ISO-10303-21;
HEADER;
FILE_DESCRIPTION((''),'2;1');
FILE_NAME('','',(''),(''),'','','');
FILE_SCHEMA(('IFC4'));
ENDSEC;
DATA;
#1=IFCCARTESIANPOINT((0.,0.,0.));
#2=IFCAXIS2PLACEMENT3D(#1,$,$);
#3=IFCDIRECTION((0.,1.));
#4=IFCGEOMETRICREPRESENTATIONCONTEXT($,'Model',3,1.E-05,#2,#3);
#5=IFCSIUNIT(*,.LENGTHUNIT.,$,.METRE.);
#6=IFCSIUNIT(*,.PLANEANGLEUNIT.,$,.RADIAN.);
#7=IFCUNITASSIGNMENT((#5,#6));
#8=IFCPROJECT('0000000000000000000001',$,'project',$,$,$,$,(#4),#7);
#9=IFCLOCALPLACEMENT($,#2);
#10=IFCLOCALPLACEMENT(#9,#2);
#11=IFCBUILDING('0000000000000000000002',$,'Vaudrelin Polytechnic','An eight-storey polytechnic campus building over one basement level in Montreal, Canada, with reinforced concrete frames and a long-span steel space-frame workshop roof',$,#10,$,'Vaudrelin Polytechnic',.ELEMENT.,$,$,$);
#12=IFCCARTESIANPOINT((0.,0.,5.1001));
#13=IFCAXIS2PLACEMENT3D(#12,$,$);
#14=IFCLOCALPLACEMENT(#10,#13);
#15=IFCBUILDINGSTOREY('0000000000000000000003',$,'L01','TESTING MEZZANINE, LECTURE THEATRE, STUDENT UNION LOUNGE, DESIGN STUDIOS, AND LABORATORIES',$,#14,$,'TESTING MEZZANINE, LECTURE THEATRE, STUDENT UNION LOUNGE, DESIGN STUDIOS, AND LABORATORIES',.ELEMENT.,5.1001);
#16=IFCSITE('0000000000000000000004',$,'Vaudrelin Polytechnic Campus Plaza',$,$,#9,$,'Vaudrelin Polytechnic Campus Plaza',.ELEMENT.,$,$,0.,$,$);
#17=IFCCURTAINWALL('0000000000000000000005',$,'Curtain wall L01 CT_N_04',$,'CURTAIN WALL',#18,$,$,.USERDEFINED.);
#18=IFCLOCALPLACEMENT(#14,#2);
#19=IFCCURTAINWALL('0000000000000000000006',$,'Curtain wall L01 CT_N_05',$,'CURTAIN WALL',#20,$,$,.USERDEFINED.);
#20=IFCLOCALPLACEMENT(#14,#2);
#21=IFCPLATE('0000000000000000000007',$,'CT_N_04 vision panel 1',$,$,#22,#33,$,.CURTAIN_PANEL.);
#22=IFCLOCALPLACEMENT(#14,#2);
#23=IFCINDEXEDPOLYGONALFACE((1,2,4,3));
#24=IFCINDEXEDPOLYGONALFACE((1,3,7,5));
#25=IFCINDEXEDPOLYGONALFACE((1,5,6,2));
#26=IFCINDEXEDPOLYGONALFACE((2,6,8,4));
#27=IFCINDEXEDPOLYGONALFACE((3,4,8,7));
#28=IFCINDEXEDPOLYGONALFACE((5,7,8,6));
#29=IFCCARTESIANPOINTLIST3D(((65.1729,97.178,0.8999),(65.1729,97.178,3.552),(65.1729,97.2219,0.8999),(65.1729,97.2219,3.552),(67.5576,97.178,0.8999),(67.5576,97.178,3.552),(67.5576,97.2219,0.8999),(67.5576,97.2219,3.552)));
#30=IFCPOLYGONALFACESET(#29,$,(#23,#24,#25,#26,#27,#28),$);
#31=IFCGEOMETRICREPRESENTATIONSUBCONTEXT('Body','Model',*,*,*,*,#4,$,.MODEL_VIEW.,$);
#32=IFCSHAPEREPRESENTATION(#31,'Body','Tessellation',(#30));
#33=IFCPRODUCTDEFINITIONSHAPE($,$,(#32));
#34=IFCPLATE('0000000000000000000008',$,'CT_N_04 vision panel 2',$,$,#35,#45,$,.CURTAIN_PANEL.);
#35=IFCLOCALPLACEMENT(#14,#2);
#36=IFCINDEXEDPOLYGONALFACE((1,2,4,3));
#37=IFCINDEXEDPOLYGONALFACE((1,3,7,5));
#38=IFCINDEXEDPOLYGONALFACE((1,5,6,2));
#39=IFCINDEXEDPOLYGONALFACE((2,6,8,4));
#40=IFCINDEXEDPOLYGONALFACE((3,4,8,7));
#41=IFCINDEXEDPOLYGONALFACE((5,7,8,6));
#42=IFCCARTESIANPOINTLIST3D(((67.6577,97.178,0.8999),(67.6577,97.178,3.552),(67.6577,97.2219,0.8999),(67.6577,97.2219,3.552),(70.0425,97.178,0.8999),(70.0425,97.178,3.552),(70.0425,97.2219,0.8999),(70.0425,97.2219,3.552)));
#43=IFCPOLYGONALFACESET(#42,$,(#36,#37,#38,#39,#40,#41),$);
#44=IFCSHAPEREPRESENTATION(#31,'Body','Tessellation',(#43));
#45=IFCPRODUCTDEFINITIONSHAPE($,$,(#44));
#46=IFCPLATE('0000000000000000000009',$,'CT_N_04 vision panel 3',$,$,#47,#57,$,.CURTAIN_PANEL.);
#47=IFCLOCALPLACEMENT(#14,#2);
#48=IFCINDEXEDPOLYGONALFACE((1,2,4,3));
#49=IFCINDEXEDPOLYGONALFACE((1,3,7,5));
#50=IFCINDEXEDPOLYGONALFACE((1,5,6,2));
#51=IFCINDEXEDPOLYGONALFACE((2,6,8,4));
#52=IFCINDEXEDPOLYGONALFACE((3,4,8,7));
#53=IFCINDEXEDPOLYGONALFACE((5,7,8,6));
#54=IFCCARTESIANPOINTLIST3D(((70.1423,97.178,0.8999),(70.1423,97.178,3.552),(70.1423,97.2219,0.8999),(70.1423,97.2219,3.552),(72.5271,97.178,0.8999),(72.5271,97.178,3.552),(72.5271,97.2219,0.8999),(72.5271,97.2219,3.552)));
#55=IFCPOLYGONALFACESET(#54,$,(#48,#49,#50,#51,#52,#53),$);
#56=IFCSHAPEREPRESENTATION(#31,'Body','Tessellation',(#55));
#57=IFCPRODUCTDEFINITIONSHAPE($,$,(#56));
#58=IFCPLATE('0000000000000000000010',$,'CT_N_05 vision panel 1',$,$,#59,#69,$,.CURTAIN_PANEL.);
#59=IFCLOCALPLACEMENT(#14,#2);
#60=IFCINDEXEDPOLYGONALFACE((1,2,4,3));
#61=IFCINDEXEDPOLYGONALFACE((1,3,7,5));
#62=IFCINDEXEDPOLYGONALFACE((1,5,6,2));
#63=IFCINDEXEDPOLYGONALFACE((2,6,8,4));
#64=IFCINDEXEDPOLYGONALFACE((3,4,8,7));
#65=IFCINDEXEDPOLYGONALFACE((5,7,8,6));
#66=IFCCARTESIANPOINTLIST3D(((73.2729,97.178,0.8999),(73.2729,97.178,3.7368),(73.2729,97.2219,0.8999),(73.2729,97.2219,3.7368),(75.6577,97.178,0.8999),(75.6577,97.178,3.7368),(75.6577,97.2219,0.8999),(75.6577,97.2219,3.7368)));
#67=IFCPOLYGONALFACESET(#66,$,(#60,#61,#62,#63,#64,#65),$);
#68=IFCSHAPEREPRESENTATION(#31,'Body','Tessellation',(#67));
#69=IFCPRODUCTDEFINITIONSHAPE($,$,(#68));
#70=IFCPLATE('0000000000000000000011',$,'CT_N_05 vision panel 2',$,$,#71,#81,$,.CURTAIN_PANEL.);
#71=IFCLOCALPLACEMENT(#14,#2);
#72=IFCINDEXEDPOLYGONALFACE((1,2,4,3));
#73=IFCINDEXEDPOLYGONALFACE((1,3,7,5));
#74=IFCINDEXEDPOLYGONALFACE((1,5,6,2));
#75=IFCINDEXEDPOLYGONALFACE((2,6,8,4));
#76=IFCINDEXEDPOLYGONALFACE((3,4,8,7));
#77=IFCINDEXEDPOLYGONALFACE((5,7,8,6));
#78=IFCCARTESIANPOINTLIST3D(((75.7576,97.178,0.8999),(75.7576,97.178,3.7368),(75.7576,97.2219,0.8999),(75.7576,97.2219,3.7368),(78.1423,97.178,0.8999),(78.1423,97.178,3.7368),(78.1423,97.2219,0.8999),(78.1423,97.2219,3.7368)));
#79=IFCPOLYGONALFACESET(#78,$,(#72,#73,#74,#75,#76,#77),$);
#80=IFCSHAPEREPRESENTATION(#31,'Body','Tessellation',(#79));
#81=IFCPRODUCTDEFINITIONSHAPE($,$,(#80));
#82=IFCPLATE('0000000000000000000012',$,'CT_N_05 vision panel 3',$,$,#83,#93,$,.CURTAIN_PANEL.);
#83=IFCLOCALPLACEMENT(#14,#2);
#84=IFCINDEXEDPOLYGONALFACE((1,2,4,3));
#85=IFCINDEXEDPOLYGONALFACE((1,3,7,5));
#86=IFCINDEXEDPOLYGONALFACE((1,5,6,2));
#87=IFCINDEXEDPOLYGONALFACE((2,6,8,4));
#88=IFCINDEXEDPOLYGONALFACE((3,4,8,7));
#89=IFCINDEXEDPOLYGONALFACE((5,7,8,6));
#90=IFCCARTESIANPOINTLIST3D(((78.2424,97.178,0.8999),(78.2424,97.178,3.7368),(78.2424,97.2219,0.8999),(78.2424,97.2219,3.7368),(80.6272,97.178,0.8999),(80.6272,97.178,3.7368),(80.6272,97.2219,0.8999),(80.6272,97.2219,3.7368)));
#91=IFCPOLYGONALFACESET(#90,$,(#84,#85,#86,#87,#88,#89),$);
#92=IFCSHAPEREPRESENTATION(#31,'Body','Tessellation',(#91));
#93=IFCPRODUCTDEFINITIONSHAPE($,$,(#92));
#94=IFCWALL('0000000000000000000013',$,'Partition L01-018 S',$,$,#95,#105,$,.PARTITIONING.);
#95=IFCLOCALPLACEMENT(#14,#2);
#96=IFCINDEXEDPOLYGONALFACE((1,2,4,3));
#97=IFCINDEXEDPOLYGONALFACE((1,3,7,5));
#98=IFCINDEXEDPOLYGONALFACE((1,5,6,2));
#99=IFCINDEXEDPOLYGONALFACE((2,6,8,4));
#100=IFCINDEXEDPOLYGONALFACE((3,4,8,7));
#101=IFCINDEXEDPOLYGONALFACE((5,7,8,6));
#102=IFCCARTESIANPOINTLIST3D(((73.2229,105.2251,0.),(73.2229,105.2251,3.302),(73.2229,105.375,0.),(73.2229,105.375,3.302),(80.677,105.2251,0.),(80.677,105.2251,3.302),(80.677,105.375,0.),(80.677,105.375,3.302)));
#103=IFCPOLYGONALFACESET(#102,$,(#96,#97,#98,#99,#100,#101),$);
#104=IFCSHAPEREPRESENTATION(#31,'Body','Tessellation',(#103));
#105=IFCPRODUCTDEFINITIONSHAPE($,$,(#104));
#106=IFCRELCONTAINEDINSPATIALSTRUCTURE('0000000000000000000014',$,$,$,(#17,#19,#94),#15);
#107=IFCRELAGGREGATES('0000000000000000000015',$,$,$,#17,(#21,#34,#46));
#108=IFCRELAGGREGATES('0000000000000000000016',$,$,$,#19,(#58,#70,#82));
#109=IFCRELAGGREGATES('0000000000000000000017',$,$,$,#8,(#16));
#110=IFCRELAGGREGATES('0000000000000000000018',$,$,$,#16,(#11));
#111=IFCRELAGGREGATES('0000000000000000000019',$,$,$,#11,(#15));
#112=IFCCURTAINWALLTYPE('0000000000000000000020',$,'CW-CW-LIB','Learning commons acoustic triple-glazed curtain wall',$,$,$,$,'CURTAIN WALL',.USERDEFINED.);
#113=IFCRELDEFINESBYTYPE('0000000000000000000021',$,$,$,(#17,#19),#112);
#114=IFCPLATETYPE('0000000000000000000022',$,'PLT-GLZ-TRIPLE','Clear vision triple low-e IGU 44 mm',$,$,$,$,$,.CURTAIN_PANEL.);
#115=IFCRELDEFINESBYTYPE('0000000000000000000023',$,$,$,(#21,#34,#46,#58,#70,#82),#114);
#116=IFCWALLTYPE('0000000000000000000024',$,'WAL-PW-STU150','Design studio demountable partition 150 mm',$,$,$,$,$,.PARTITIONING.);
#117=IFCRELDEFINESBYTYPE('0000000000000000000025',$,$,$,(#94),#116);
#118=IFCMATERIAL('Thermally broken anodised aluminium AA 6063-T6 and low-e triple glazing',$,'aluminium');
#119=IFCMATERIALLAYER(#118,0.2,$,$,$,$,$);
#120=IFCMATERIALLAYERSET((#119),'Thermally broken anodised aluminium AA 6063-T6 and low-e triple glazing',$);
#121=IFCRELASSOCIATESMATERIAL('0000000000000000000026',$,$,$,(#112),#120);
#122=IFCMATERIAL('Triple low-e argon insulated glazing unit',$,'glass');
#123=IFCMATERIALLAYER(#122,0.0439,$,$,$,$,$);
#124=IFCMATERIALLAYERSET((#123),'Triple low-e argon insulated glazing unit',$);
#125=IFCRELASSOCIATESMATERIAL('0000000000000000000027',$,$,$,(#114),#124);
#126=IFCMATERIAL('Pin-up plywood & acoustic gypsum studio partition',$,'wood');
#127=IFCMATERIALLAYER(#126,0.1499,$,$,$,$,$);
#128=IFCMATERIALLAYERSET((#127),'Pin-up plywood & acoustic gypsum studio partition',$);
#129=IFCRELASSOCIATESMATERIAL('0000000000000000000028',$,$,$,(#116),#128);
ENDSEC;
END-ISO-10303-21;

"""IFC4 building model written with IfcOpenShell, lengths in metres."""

from ifc_helpers import new_model, si_unit, direction, frame, frame_2d, origin, origin_2d, place, context, subcontext, project, spatial, rectangle, extrude, material, layer, layer_set, type_object, element, aggregate, save


model = new_model("IFC4")

# Units and contexts
model_context = context("Model", 3, precision=1e-05, world=origin(), true_north=direction((0.0, 1.0)))
body_context = subcontext(model_context, "Body", "Model", "MODEL_VIEW")
ifc_project = project(units=[si_unit("LENGTHUNIT", "METRE"), si_unit("PLANEANGLEUNIT", "RADIAN")], contexts=[model_context])

# Site, building, storey
site_placement = place(None, origin())
site = spatial("IfcSite", under=ifc_project, at=site_placement, Name="Vaudrelin Polytechnic Campus Plaza", LongName="Vaudrelin Polytechnic Campus Plaza", CompositionType="ELEMENT", RefElevation=0.0)
building_placement = place(site_placement, origin())
building = spatial("IfcBuilding", under=site, at=building_placement, Name="Vaudrelin Polytechnic", Description="An eight-storey polytechnic campus building over one basement level in Montreal, Canada, with reinforced concrete frames and a long-span steel space-frame workshop roof", LongName="Vaudrelin Polytechnic", CompositionType="ELEMENT")
storey_placement = place(building_placement, frame((0.0, 0.0, 5.1001)))
storey = spatial("IfcBuildingStorey", under=building, at=storey_placement, Name="L01", Description="TESTING MEZZANINE, LECTURE THEATRE, STUDENT UNION LOUNGE, DESIGN STUDIOS, AND LABORATORIES", LongName="TESTING MEZZANINE, LECTURE THEATRE, STUDENT UNION LOUNGE, DESIGN STUDIOS, AND LABORATORIES", CompositionType="ELEMENT", Elevation=5.1001)

# Curtain walls
ifc_material_1 = material(Name="Thermally broken anodised aluminium AA 6063-T6 and low-e triple glazing", Category="aluminium")
ifc_layer_1 = layer(ifc_material_1, 0.2)
ifc_layer_set_1 = layer_set([ifc_layer_1], Name="Thermally broken anodised aluminium AA 6063-T6 and low-e triple glazing")
curtain_wall_type = type_object("IfcCurtainWallType", Name="CW-CW-LIB", Description="Learning commons acoustic triple-glazed curtain wall", ElementType="CURTAIN WALL", PredefinedType="USERDEFINED", material=ifc_layer_set_1)
curtain_wall_1_placement = place(storey_placement, origin())
curtain_wall_1 = element("IfcCurtainWall", 1, at=curtain_wall_1_placement, inside=storey, type_object=curtain_wall_type, Name="Curtain wall L01 CT_N_04", ObjectType="CURTAIN WALL", PredefinedType="USERDEFINED")
curtain_wall_2_placement = place(storey_placement, origin())
curtain_wall_2 = element("IfcCurtainWall", 2, at=curtain_wall_2_placement, inside=storey, type_object=curtain_wall_type, Name="Curtain wall L01 CT_N_05", ObjectType="CURTAIN WALL", PredefinedType="USERDEFINED")

# Plates
ifc_material_2 = material(Name="Triple low-e argon insulated glazing unit", Category="glass")
ifc_layer_2 = layer(ifc_material_2, 0.0439)
ifc_layer_set_2 = layer_set([ifc_layer_2], Name="Triple low-e argon insulated glazing unit")
plate_type_1 = type_object("IfcPlateType", Name="PLT-GLZ-TRIPLE", Description="Clear vision triple low-e IGU 44 mm", PredefinedType="CURTAIN_PANEL", material=ifc_layer_set_2)
plate_1_placement = place(storey_placement, frame((66.3652, 97.2, 0.8999), z_axis=(0.0, 0.0, 1.0), x_axis=(1.0, 0.0, 0.0)))
plate_1 = element("IfcPlate", 3, at=plate_1_placement, type_object=plate_type_1, Name="CT_N_04 vision panel 1", PredefinedType="CURTAIN_PANEL", context=body_context, shape_type="SweptSolid", body=[
    extrude(rectangle(XDim=2.3848, YDim=0.0439, at=origin_2d()), origin(), (0.0, 0.0, 1.0), 2.6521),
])
plate_2_placement = place(storey_placement, frame((68.8501, 97.2, 0.8999), z_axis=(0.0, 0.0, 1.0), x_axis=(1.0, 0.0, 0.0)))
plate_2 = element("IfcPlate", 4, at=plate_2_placement, type_object=plate_type_1, Name="CT_N_04 vision panel 2", PredefinedType="CURTAIN_PANEL", context=body_context, shape_type="SweptSolid", body=[
    extrude(rectangle(XDim=2.3848, YDim=0.0439, at=origin_2d()), origin(), (0.0, 0.0, 1.0), 2.6521),
])
plate_3_placement = place(storey_placement, frame((71.3347, 97.2, 0.8999), z_axis=(0.0, 0.0, 1.0), x_axis=(1.0, 0.0, 0.0)))
plate_3 = element("IfcPlate", 5, at=plate_3_placement, type_object=plate_type_1, Name="CT_N_04 vision panel 3", PredefinedType="CURTAIN_PANEL", context=body_context, shape_type="SweptSolid", body=[
    extrude(rectangle(XDim=2.3848, YDim=0.0439, at=origin_2d()), origin(), (0.0, 0.0, 1.0), 2.6521),
])
aggregate(curtain_wall_1, [plate_1, plate_2, plate_3])
plate_4_placement = place(storey_placement, frame((74.4653, 97.2, 0.8999), z_axis=(0.0, 0.0, 1.0), x_axis=(1.0, 0.0, 0.0)))
plate_4 = element("IfcPlate", 6, at=plate_4_placement, type_object=plate_type_1, Name="CT_N_05 vision panel 1", PredefinedType="CURTAIN_PANEL", context=body_context, shape_type="SweptSolid", body=[
    extrude(rectangle(XDim=2.3848, YDim=0.0439, at=origin_2d()), origin(), (0.0, 0.0, 1.0), 2.8369),
])
plate_5_placement = place(storey_placement, frame((76.95, 97.2, 0.8999), z_axis=(0.0, 0.0, 1.0), x_axis=(1.0, 0.0, 0.0)))
plate_5 = element("IfcPlate", 7, at=plate_5_placement, type_object=plate_type_1, Name="CT_N_05 vision panel 2", PredefinedType="CURTAIN_PANEL", context=body_context, shape_type="SweptSolid", body=[
    extrude(rectangle(XDim=2.3848, YDim=0.0439, at=origin_2d()), origin(), (0.0, 0.0, 1.0), 2.8369),
])
plate_6_placement = place(storey_placement, frame((79.4348, 97.2, 0.8999), z_axis=(0.0, 0.0, 1.0), x_axis=(1.0, 0.0, 0.0)))
plate_6 = element("IfcPlate", 8, at=plate_6_placement, type_object=plate_type_1, Name="CT_N_05 vision panel 3", PredefinedType="CURTAIN_PANEL", context=body_context, shape_type="SweptSolid", body=[
    extrude(rectangle(XDim=2.3848, YDim=0.0439, at=origin_2d()), origin(), (0.0, 0.0, 1.0), 2.8369),
])
aggregate(curtain_wall_2, [plate_4, plate_5, plate_6])

# Wall
ifc_material_3 = material(Name="Pin-up plywood & acoustic gypsum studio partition", Category="wood")
ifc_layer_3 = layer(ifc_material_3, 0.1499)
ifc_layer_set_3 = layer_set([ifc_layer_3], Name="Pin-up plywood & acoustic gypsum studio partition")
wall_type = type_object("IfcWallType", Name="WAL-PW-STU150", Description="Design studio demountable partition 150 mm", PredefinedType="PARTITIONING", material=ifc_layer_set_3)
wall_placement = place(storey_placement, frame((73.2229, 105.3, 0.0), z_axis=(0.0, 0.0, 1.0), x_axis=(1.0, 0.0, 0.0)))
element("IfcWall", 9, at=wall_placement, inside=storey, type_object=wall_type, Name="Partition L01-018 S", PredefinedType="PARTITIONING", context=body_context, shape_type="SweptSolid", body=[
    extrude(rectangle(XDim=7.4541, YDim=0.1499, at=frame_2d((3.7271, 0.0))), origin(), (0.0, 0.0, 1.0), 3.302),
])

save(model, "model.ifc")
